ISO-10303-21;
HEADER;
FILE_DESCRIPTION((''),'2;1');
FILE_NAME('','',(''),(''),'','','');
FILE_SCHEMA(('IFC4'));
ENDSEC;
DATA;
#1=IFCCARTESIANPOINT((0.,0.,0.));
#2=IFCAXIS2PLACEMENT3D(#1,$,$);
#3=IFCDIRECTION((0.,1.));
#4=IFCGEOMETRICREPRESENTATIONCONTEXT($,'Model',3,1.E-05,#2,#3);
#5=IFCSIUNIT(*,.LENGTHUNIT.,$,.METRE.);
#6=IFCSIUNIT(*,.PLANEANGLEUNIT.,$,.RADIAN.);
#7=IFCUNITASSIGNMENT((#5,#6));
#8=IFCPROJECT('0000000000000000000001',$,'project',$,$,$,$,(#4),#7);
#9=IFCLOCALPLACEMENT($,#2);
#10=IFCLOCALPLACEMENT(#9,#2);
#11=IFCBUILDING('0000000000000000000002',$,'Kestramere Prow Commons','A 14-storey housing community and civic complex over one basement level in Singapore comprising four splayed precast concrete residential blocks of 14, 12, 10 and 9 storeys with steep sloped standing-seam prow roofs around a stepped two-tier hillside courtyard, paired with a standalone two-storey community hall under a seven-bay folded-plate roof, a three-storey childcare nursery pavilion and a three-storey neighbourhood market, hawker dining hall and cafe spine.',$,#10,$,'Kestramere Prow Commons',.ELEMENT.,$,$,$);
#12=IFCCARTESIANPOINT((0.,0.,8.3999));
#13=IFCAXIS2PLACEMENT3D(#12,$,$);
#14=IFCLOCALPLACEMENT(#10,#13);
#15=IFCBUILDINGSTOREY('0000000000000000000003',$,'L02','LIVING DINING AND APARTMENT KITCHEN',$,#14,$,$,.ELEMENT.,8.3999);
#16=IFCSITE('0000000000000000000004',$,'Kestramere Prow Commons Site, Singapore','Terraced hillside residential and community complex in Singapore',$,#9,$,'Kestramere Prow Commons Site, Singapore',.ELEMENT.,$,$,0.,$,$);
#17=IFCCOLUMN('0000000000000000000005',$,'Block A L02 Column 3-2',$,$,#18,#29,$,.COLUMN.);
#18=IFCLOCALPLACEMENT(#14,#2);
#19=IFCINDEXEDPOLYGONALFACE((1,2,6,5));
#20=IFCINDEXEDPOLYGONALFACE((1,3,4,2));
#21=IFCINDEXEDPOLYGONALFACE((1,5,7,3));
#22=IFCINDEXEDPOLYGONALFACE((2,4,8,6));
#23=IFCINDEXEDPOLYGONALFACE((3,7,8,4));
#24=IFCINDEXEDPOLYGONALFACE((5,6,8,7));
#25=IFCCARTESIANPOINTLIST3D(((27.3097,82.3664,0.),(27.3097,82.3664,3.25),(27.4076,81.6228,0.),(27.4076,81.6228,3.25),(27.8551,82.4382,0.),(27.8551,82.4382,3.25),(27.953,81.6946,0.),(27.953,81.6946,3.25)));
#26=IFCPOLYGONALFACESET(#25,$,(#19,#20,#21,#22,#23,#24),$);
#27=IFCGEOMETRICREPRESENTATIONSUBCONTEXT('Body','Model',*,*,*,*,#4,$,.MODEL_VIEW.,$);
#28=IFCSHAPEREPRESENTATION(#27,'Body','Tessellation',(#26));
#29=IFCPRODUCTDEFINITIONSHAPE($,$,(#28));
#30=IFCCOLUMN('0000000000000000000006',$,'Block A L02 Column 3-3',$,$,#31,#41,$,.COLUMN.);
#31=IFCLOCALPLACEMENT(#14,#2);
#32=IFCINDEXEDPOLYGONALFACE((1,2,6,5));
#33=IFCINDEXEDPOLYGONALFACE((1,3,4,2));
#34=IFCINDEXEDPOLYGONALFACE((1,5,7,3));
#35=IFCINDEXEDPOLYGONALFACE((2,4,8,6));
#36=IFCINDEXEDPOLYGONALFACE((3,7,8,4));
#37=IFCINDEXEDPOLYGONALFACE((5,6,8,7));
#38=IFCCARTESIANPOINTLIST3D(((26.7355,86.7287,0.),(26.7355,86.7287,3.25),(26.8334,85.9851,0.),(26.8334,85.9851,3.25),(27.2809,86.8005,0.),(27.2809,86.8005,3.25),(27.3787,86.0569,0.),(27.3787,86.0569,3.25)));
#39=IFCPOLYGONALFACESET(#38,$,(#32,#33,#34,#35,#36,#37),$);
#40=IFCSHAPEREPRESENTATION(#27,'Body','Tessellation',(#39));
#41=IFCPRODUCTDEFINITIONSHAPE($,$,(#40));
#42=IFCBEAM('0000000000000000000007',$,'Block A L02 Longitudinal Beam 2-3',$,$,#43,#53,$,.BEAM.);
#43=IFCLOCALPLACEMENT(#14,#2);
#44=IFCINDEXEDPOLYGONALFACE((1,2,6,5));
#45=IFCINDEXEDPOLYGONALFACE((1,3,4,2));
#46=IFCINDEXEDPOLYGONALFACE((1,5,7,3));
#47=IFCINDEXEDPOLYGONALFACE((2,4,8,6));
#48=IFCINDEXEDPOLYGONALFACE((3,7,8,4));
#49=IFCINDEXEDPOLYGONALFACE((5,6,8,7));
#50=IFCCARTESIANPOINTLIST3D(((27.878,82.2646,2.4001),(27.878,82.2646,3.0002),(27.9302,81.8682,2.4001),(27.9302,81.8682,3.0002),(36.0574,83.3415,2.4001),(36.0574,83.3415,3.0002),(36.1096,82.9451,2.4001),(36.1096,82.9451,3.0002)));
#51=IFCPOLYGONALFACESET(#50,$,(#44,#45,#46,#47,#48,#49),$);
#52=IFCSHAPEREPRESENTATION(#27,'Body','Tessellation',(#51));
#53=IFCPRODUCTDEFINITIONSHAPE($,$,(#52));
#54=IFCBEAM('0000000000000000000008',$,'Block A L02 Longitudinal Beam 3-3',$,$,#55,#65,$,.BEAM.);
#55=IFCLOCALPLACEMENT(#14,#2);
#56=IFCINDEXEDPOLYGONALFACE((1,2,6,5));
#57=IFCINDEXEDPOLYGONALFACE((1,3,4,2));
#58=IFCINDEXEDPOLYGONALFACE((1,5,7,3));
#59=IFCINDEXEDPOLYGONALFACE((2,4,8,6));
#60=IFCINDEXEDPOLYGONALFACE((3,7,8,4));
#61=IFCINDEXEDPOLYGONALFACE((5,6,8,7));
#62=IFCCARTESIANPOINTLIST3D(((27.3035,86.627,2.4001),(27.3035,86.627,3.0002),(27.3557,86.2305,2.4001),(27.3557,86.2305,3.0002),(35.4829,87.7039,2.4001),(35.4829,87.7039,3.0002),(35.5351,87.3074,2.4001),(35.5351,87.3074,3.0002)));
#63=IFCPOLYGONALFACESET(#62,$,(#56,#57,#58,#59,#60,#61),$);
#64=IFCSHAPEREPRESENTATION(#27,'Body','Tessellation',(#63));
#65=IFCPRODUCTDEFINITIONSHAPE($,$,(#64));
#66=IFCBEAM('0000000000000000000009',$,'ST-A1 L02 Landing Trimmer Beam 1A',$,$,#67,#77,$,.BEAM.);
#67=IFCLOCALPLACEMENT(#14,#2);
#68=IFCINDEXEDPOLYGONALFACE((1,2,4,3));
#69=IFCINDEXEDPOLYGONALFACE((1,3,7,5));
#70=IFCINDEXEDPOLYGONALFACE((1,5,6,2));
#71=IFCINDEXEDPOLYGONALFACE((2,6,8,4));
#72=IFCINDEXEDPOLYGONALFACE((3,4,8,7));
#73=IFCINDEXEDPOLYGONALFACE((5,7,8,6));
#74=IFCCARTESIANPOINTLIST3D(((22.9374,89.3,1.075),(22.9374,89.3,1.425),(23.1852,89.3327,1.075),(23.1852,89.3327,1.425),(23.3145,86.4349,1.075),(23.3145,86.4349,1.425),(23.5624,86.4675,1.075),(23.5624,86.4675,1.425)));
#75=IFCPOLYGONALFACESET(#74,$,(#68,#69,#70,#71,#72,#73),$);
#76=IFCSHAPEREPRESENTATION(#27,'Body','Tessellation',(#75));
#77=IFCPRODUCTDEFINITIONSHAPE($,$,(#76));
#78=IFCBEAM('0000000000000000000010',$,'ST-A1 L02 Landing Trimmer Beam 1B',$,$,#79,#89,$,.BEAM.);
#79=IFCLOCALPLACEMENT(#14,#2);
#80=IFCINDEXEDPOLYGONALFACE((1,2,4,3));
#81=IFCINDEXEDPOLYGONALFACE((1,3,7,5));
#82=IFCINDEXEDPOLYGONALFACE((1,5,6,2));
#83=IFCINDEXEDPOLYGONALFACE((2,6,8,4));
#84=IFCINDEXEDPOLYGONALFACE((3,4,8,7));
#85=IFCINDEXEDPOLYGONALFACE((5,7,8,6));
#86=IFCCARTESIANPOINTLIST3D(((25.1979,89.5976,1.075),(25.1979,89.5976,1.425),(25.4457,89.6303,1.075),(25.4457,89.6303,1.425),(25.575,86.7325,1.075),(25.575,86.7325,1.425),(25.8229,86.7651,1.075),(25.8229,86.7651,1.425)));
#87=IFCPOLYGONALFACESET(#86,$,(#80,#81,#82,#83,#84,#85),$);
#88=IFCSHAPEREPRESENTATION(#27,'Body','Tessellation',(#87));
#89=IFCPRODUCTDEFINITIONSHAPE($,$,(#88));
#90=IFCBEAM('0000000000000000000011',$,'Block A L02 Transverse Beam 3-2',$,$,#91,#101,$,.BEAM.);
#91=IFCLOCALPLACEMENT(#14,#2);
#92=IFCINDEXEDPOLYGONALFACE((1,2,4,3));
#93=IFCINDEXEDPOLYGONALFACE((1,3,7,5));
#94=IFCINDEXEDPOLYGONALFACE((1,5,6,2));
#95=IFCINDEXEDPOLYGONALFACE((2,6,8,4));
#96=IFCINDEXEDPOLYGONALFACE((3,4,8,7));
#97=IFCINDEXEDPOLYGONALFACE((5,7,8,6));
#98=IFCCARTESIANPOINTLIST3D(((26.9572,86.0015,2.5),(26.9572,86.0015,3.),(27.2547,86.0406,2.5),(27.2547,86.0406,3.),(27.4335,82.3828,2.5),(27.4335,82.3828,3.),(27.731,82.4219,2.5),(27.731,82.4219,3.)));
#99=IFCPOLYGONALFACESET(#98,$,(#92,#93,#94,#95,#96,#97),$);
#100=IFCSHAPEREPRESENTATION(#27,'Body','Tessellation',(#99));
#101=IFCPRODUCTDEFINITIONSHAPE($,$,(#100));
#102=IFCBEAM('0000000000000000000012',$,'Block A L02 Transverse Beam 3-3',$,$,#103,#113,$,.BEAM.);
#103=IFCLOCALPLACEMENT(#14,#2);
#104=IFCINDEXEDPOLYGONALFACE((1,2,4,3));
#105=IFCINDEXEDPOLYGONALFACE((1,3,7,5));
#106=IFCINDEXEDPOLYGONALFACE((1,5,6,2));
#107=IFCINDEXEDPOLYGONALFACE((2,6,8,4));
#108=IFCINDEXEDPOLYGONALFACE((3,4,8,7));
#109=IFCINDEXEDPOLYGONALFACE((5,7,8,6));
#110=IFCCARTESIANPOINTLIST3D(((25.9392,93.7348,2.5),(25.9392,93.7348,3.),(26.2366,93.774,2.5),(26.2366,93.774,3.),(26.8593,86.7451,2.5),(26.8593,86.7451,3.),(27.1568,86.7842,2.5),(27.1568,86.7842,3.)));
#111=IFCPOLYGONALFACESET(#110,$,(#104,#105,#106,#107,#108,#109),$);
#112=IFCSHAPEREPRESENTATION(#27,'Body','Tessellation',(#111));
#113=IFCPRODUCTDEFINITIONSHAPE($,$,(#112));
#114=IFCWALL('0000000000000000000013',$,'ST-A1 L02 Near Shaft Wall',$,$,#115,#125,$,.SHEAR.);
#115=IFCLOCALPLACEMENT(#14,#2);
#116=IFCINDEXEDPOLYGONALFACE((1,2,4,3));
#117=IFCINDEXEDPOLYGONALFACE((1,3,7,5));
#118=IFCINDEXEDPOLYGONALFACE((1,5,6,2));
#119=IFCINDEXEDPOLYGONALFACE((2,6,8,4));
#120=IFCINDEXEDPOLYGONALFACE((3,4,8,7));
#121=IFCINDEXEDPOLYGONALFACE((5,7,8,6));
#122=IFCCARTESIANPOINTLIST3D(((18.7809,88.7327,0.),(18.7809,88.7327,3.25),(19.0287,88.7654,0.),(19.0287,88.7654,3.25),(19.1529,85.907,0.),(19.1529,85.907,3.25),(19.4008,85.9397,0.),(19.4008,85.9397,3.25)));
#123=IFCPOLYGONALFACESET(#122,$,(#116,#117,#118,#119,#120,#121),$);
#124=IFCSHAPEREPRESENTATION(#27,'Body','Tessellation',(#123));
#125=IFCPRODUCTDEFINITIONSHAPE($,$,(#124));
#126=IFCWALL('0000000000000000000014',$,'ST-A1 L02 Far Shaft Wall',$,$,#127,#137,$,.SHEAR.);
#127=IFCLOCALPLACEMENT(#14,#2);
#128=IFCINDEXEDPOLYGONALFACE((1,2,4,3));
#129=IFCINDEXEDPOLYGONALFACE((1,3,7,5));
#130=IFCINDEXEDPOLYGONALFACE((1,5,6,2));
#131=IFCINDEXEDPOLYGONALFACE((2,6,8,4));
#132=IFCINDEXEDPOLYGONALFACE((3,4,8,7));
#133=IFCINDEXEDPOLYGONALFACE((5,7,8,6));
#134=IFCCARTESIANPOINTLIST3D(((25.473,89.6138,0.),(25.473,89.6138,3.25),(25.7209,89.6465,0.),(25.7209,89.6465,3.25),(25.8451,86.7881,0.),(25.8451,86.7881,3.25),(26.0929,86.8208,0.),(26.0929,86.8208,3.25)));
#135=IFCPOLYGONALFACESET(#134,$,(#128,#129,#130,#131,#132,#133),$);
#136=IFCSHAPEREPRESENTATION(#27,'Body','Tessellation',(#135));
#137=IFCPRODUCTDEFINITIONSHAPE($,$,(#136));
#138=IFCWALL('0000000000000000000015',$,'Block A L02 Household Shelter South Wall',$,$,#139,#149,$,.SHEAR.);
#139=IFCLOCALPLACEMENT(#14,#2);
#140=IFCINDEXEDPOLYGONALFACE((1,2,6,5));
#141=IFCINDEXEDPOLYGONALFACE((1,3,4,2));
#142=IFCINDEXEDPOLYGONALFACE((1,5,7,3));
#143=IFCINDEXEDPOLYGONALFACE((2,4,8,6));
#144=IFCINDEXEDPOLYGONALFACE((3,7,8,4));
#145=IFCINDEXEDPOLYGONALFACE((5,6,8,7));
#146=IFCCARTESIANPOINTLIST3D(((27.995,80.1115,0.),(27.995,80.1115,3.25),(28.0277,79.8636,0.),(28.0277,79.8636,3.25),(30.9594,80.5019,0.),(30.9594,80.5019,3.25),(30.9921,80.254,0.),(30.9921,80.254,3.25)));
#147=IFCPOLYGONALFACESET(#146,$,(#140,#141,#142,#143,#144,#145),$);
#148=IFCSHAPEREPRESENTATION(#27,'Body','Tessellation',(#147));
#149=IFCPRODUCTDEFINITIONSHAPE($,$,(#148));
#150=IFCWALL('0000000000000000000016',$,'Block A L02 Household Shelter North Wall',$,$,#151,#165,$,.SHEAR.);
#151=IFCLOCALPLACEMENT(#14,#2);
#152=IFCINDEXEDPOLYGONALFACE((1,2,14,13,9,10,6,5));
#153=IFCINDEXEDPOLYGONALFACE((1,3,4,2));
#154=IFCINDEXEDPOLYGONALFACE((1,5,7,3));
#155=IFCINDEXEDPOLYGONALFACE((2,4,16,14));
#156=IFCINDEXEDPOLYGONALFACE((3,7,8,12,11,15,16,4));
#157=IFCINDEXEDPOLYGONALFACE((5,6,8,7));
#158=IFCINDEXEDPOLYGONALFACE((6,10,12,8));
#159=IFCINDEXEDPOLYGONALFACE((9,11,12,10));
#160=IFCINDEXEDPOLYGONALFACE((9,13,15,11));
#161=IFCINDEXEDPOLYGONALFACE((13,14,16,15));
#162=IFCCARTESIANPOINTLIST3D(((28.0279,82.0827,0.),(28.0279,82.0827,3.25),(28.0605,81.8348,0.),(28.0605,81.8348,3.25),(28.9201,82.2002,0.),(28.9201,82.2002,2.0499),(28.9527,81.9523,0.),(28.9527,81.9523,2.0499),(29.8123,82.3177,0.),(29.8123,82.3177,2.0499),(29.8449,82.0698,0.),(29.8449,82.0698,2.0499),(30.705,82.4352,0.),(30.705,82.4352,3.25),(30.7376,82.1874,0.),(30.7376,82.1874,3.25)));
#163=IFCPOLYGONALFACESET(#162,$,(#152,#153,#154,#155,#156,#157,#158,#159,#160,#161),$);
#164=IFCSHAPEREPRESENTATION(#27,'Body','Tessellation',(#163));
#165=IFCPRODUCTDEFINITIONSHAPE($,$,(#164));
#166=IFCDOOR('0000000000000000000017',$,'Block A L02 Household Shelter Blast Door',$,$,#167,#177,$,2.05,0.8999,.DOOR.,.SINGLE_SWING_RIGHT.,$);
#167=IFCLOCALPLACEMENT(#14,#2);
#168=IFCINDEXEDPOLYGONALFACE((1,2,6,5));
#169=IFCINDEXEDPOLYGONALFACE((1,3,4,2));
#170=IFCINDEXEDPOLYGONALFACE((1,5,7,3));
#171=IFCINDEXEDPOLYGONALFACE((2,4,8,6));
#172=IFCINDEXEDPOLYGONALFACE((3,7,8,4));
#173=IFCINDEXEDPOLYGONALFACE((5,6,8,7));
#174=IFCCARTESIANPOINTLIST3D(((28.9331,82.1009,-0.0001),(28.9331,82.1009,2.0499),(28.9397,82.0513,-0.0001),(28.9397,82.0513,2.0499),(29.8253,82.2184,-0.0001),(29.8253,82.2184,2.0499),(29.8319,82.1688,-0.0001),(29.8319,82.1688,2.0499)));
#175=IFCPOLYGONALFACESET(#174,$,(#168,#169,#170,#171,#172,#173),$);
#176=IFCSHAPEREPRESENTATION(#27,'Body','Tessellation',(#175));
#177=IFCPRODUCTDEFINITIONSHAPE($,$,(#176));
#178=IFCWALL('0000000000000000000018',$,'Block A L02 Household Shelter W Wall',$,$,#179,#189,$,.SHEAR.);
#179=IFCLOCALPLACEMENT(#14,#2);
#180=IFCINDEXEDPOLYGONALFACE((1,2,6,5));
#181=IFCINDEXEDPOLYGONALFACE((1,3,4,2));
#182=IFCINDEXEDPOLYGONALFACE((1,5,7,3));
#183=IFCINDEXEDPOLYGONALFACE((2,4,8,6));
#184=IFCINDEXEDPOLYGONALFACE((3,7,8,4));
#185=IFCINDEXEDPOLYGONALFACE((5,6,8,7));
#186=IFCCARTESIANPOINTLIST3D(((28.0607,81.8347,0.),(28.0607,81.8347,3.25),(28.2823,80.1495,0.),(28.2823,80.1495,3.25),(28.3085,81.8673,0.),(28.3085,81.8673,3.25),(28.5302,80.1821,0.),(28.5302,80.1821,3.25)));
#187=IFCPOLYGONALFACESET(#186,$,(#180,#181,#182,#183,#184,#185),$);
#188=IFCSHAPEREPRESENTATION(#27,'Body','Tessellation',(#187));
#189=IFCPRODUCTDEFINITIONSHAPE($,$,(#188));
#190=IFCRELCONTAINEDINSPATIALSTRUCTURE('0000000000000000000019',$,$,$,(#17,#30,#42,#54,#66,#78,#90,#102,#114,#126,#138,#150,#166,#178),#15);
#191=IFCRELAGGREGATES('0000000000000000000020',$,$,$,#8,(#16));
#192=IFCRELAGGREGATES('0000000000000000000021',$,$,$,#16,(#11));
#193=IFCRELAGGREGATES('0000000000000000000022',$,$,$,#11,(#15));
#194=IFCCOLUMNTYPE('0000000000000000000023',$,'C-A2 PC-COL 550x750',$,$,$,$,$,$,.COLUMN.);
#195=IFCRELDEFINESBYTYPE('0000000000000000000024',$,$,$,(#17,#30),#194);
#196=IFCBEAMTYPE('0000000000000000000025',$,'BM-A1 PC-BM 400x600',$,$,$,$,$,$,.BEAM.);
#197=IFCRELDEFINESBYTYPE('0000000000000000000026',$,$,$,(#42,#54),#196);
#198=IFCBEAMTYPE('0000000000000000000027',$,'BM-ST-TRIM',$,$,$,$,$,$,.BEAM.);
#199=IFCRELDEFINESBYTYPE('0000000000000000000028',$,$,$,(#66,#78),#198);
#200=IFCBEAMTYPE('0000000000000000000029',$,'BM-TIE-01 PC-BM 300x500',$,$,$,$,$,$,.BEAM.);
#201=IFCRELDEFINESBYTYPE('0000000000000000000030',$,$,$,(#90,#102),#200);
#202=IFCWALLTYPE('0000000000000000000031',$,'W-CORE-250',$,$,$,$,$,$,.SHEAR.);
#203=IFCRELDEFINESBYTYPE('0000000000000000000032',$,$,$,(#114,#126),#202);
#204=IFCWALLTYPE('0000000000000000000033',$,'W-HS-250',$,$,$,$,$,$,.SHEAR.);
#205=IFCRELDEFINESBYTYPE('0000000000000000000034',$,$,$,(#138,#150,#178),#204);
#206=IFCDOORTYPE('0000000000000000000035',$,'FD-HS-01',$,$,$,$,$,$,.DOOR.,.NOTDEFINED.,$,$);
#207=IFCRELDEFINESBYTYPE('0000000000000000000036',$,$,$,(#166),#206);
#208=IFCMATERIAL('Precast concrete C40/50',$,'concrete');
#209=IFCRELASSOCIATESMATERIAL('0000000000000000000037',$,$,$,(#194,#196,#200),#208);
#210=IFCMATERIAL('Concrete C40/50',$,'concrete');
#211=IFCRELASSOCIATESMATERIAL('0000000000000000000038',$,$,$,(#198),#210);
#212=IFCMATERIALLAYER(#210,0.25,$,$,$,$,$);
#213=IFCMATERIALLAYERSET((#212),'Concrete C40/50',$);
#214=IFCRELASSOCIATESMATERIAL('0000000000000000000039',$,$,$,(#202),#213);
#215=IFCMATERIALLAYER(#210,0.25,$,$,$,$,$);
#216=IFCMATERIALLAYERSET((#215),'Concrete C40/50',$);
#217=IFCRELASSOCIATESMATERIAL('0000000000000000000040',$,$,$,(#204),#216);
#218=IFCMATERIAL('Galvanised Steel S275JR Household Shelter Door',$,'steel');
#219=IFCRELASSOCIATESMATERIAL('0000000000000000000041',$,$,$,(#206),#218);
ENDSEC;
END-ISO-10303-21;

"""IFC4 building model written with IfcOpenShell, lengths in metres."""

from ifc_helpers import new_model, si_unit, direction, frame, frame_2d, origin, origin_2d, place, context, subcontext, project, spatial, rectangle, extrude, material, layer, layer_set, material_profile, profile_set, type_object, element, fill, save


model = new_model("IFC4")

# Units and contexts
model_context = context("Model", 3, precision=1e-05, world=origin(), true_north=direction((0.0, 1.0)))
body_context = subcontext(model_context, "Body", "Model", "MODEL_VIEW")
ifc_project = project(units=[si_unit("LENGTHUNIT", "METRE"), si_unit("PLANEANGLEUNIT", "RADIAN")], contexts=[model_context])

# Site, building, storey
site_placement = place(None, origin())
site = spatial("IfcSite", under=ifc_project, at=site_placement, Name="Kestramere Prow Commons Site, Singapore", Description="Terraced hillside residential and community complex in Singapore", LongName="Kestramere Prow Commons Site, Singapore", CompositionType="ELEMENT", RefElevation=0.0)
building_placement = place(site_placement, origin())
building = spatial("IfcBuilding", under=site, at=building_placement, Name="Kestramere Prow Commons", Description="A 14-storey housing community and civic complex over one basement level in Singapore comprising four splayed precast concrete residential blocks of 14, 12, 10 and 9 storeys with steep sloped standing-seam prow roofs around a stepped two-tier hillside courtyard, paired with a standalone two-storey community hall under a seven-bay folded-plate roof, a three-storey childcare nursery pavilion and a three-storey neighbourhood market, hawker dining hall and cafe spine.", LongName="Kestramere Prow Commons", CompositionType="ELEMENT")
storey_placement = place(building_placement, frame((0.0, 0.0, 8.3999)))
storey = spatial("IfcBuildingStorey", under=building, at=storey_placement, Name="L02", Description="LIVING DINING AND APARTMENT KITCHEN", CompositionType="ELEMENT", Elevation=8.3999)

# Columns
ifc_material_1 = material(Name="Precast concrete C40/50", Category="concrete")
ifc_material_profile_1 = material_profile(ifc_material_1, rectangle(XDim=0.55, YDim=0.75, at=origin_2d()), Name="PC-COL 550x750")
ifc_profile_set_1 = profile_set([ifc_material_profile_1], Name="Precast concrete C40/50")
column_type = type_object("IfcColumnType", Name="C-A2 PC-COL 550x750", PredefinedType="COLUMN", material=ifc_profile_set_1)
for number, where, z_axis, x_axis, name in (
    (1, (27.6313, 82.0305, 0.0), (0.0, 0.0, 1.0), (0.991445, 0.130526, 0.0), "Block A L02 Column 3-2"),
    (2, (27.0571, 86.3928, 0.0), (0.0, 0.0, 1.0), (0.991445, 0.130526, 0.0), "Block A L02 Column 3-3"),
):
    element("IfcColumn", number, at=place(storey_placement, frame(where, z_axis=z_axis, x_axis=x_axis)), inside=storey, type_object=column_type, Name=name, PredefinedType="COLUMN", context=body_context, shape_type="SweptSolid", body=[
        extrude(rectangle(XDim=0.55, YDim=0.75, at=origin_2d()), origin(), (0.0, 0.0, 1.0), 3.25),
    ])

# Beams
ifc_material_profile_2 = material_profile(ifc_material_1, rectangle(XDim=0.3999, YDim=0.6001, at=origin_2d()), Name="PC-BM 400x600")
ifc_profile_set_2 = profile_set([ifc_material_profile_2], Name="Precast concrete C40/50")
beam_type_1 = type_object("IfcBeamType", Name="BM-A1 PC-BM 400x600", PredefinedType="BEAM", material=ifc_profile_set_2)
for number, where, z_axis, x_axis, name in (
    (3, (27.9041, 82.0664, 2.7002), (0.991444, 0.130533, 0.0), (-0.130533, 0.991444, 0.0), "Block A L02 Longitudinal Beam 2-3"),
    (4, (27.3296, 86.4287, 2.7002), (0.991444, 0.130533, 0.0), (-0.130533, 0.991444, 0.0), "Block A L02 Longitudinal Beam 3-3"),
):
    element("IfcBeam", number, at=place(storey_placement, frame(where, z_axis=z_axis, x_axis=x_axis)), inside=storey, type_object=beam_type_1, Name=name, PredefinedType="BEAM", context=body_context, shape_type="SweptSolid", body=[
        extrude(rectangle(XDim=0.3999, YDim=0.6001, at=origin_2d()), origin(), (0.0, 0.0, 1.0), 8.25),
    ])
ifc_material_2 = material(Name="Concrete C40/50", Category="concrete")
ifc_material_profile_3 = material_profile(ifc_material_2, rectangle(XDim=0.25, YDim=0.3501, at=origin_2d()), Name="PC-BM 250x350")
ifc_profile_set_3 = profile_set([ifc_material_profile_3], Name="Concrete C40/50")
beam_type_2 = type_object("IfcBeamType", Name="BM-ST-TRIM", PredefinedType="BEAM", material=ifc_profile_set_3)
for number, where, z_axis, x_axis, name in (
    (5, (23.4385, 86.4512, 1.25), (-0.13052, 0.991446, 0.0), (-0.991446, -0.13052, 0.0), "ST-A1 L02 Landing Trimmer Beam 1A"),
    (6, (25.699, 86.7488, 1.25), (-0.13052, 0.991446, 0.0), (-0.991446, -0.13052, 0.0), "ST-A1 L02 Landing Trimmer Beam 1B"),
):
    element("IfcBeam", number, at=place(storey_placement, frame(where, z_axis=z_axis, x_axis=x_axis)), inside=storey, type_object=beam_type_2, Name=name, PredefinedType="BEAM", context=body_context, shape_type="SweptSolid", body=[
        extrude(rectangle(XDim=0.25, YDim=0.3501, at=origin_2d()), origin(), (0.0, 0.0, 1.0), 2.8899),
    ])
ifc_material_profile_4 = material_profile(ifc_material_1, rectangle(XDim=0.3, YDim=0.5, at=origin_2d()), Name="PC-BM 300x500")
ifc_profile_set_4 = profile_set([ifc_material_profile_4], Name="Precast concrete C40/50")
beam_type_3 = type_object("IfcBeamType", Name="BM-TIE-01 PC-BM 300x500", PredefinedType="BEAM", material=ifc_profile_set_4)
beam_1_placement = place(storey_placement, frame((27.5823, 82.4023, 2.75), z_axis=(-0.130503, 0.991448, 0.0), x_axis=(-0.991448, -0.130503, 0.0)))
element("IfcBeam", 7, at=beam_1_placement, inside=storey, type_object=beam_type_3, Name="Block A L02 Transverse Beam 3-2", PredefinedType="BEAM", context=body_context, shape_type="SweptSolid", body=[
    extrude(rectangle(XDim=0.3, YDim=0.5, at=origin_2d()), origin(), (0.0, 0.0, 1.0), 3.6499),
])
beam_2_placement = place(storey_placement, frame((27.0081, 86.7646, 2.75), z_axis=(-0.130519, 0.991446, 0.0), x_axis=(-0.991446, -0.130519, 0.0)))
element("IfcBeam", 8, at=beam_2_placement, inside=storey, type_object=beam_type_3, Name="Block A L02 Transverse Beam 3-3", PredefinedType="BEAM", context=body_context, shape_type="SweptSolid", body=[
    extrude(rectangle(XDim=0.3, YDim=0.5, at=origin_2d()), origin(), (0.0, 0.0, 1.0), 7.05),
])

# Walls
ifc_layer_1 = layer(ifc_material_2, 0.25)
ifc_layer_set_1 = layer_set([ifc_layer_1], Name="Concrete C40/50")
wall_type_1 = type_object("IfcWallType", Name="W-CORE-250", PredefinedType="SHEAR", material=ifc_layer_set_1)
for number, where, z_axis, x_axis, name in (
    (9, (19.2769, 85.9233, 0.0), (0.0, 0.0, 1.0), (-0.130548, 0.991442, 0.0), "ST-A1 L02 Near Shaft Wall"),
    (10, (25.969, 86.8044, 0.0), (0.0, 0.0, 1.0), (-0.130548, 0.991442, 0.0), "ST-A1 L02 Far Shaft Wall"),
):
    element("IfcWall", number, at=place(storey_placement, frame(where, z_axis=z_axis, x_axis=x_axis)), inside=storey, type_object=wall_type_1, Name=name, PredefinedType="SHEAR", context=body_context, shape_type="SweptSolid", body=[
        extrude(rectangle(XDim=2.8501, YDim=0.25, at=frame_2d((1.425, 0.0))), origin(), (0.0, 0.0, 1.0), 3.25),
    ])

# Wall
ifc_layer_2 = layer(ifc_material_2, 0.25)
ifc_layer_set_2 = layer_set([ifc_layer_2], Name="Concrete C40/50")
wall_type_2 = type_object("IfcWallType", Name="W-HS-250", PredefinedType="SHEAR", material=ifc_layer_set_2)
wall_1_placement = place(storey_placement, frame((28.0112, 79.9875, 0.0), z_axis=(0.0, 0.0, 1.0), x_axis=(0.99144, 0.130564, 0.0)))
element("IfcWall", 11, at=wall_1_placement, inside=storey, type_object=wall_type_2, Name="Block A L02 Household Shelter South Wall", PredefinedType="SHEAR", context=body_context, shape_type="SweptSolid", body=[
    extrude(rectangle(XDim=2.99, YDim=0.25, at=frame_2d((1.4951, 0.0))), origin(), (0.0, 0.0, 1.0), 3.25),
])

# Wall, opening, door
wall_2_placement = place(storey_placement, frame((28.0442, 81.9587, 0.0), z_axis=(0.0, 0.0, 1.0), x_axis=(0.99144, 0.130564, 0.0)))
wall_2 = element("IfcWall", 12, at=wall_2_placement, inside=storey, type_object=wall_type_2, Name="Block A L02 Household Shelter North Wall", PredefinedType="SHEAR", context=body_context, shape_type="SweptSolid", body=[
    extrude(rectangle(XDim=2.7002, YDim=0.25, at=frame_2d((1.3501, 0.0))), origin(), (0.0, 0.0, 1.0), 3.25),
])
opening_1_placement = place(wall_2_placement, frame((0.8999, 0.0, 0.0)))
opening_1 = element("IfcOpeningElement", 13, at=opening_1_placement, cuts=wall_2, PredefinedType="OPENING", context=body_context, shape_type="SweptSolid", body=[
    extrude(rectangle(XDim=0.8999, YDim=2.05, at=frame_2d((0.45, 1.0249))), frame((0.0, 0.1399, 0.0), z_axis=(0.0, -1.0, 0.0), x_axis=(1.0, 0.0, 0.0)), (0.0, 0.0, 1.0), 0.28),
])
ifc_material_3 = material(Name="Galvanised Steel S275JR Household Shelter Door", Category="steel")
door_type_1 = type_object("IfcDoorType", Name="FD-HS-01", OperationType="NOTDEFINED", PredefinedType="DOOR", material=ifc_material_3)
door_1_placement = place(opening_1_placement, origin())
door_1 = element("IfcDoor", 14, at=door_1_placement, inside=storey, type_object=door_type_1, Name="Block A L02 Household Shelter Blast Door", OperationType="SINGLE_SWING_RIGHT", OverallHeight=2.05, OverallWidth=0.8999, PredefinedType="DOOR", context=body_context, shape_type="SweptSolid", body=[
    extrude(rectangle(XDim=0.8999, YDim=2.05, at=frame_2d((0.45, 1.0249))), frame((0.0, 0.0249, 0.0), z_axis=(0.0, -1.0, 0.0), x_axis=(1.0, 0.0, 0.0)), (0.0, 0.0, 1.0), 0.05),
])
fill(opening_1, door_1)

# Wall
wall_3_placement = place(storey_placement, frame((28.4062, 80.1658, 0.0), z_axis=(0.0, 0.0, 1.0), x_axis=(-0.130414, 0.99146, 0.0)))
element("IfcWall", 15, at=wall_3_placement, inside=storey, type_object=wall_type_2, Name="Block A L02 Household Shelter W Wall", PredefinedType="SHEAR", context=body_context, shape_type="SweptSolid", body=[
    extrude(rectangle(XDim=1.6997, YDim=0.25, at=frame_2d((0.8499, 0.0))), origin(), (0.0, 0.0, 1.0), 3.25),
])

save(model, "model.ifc")
